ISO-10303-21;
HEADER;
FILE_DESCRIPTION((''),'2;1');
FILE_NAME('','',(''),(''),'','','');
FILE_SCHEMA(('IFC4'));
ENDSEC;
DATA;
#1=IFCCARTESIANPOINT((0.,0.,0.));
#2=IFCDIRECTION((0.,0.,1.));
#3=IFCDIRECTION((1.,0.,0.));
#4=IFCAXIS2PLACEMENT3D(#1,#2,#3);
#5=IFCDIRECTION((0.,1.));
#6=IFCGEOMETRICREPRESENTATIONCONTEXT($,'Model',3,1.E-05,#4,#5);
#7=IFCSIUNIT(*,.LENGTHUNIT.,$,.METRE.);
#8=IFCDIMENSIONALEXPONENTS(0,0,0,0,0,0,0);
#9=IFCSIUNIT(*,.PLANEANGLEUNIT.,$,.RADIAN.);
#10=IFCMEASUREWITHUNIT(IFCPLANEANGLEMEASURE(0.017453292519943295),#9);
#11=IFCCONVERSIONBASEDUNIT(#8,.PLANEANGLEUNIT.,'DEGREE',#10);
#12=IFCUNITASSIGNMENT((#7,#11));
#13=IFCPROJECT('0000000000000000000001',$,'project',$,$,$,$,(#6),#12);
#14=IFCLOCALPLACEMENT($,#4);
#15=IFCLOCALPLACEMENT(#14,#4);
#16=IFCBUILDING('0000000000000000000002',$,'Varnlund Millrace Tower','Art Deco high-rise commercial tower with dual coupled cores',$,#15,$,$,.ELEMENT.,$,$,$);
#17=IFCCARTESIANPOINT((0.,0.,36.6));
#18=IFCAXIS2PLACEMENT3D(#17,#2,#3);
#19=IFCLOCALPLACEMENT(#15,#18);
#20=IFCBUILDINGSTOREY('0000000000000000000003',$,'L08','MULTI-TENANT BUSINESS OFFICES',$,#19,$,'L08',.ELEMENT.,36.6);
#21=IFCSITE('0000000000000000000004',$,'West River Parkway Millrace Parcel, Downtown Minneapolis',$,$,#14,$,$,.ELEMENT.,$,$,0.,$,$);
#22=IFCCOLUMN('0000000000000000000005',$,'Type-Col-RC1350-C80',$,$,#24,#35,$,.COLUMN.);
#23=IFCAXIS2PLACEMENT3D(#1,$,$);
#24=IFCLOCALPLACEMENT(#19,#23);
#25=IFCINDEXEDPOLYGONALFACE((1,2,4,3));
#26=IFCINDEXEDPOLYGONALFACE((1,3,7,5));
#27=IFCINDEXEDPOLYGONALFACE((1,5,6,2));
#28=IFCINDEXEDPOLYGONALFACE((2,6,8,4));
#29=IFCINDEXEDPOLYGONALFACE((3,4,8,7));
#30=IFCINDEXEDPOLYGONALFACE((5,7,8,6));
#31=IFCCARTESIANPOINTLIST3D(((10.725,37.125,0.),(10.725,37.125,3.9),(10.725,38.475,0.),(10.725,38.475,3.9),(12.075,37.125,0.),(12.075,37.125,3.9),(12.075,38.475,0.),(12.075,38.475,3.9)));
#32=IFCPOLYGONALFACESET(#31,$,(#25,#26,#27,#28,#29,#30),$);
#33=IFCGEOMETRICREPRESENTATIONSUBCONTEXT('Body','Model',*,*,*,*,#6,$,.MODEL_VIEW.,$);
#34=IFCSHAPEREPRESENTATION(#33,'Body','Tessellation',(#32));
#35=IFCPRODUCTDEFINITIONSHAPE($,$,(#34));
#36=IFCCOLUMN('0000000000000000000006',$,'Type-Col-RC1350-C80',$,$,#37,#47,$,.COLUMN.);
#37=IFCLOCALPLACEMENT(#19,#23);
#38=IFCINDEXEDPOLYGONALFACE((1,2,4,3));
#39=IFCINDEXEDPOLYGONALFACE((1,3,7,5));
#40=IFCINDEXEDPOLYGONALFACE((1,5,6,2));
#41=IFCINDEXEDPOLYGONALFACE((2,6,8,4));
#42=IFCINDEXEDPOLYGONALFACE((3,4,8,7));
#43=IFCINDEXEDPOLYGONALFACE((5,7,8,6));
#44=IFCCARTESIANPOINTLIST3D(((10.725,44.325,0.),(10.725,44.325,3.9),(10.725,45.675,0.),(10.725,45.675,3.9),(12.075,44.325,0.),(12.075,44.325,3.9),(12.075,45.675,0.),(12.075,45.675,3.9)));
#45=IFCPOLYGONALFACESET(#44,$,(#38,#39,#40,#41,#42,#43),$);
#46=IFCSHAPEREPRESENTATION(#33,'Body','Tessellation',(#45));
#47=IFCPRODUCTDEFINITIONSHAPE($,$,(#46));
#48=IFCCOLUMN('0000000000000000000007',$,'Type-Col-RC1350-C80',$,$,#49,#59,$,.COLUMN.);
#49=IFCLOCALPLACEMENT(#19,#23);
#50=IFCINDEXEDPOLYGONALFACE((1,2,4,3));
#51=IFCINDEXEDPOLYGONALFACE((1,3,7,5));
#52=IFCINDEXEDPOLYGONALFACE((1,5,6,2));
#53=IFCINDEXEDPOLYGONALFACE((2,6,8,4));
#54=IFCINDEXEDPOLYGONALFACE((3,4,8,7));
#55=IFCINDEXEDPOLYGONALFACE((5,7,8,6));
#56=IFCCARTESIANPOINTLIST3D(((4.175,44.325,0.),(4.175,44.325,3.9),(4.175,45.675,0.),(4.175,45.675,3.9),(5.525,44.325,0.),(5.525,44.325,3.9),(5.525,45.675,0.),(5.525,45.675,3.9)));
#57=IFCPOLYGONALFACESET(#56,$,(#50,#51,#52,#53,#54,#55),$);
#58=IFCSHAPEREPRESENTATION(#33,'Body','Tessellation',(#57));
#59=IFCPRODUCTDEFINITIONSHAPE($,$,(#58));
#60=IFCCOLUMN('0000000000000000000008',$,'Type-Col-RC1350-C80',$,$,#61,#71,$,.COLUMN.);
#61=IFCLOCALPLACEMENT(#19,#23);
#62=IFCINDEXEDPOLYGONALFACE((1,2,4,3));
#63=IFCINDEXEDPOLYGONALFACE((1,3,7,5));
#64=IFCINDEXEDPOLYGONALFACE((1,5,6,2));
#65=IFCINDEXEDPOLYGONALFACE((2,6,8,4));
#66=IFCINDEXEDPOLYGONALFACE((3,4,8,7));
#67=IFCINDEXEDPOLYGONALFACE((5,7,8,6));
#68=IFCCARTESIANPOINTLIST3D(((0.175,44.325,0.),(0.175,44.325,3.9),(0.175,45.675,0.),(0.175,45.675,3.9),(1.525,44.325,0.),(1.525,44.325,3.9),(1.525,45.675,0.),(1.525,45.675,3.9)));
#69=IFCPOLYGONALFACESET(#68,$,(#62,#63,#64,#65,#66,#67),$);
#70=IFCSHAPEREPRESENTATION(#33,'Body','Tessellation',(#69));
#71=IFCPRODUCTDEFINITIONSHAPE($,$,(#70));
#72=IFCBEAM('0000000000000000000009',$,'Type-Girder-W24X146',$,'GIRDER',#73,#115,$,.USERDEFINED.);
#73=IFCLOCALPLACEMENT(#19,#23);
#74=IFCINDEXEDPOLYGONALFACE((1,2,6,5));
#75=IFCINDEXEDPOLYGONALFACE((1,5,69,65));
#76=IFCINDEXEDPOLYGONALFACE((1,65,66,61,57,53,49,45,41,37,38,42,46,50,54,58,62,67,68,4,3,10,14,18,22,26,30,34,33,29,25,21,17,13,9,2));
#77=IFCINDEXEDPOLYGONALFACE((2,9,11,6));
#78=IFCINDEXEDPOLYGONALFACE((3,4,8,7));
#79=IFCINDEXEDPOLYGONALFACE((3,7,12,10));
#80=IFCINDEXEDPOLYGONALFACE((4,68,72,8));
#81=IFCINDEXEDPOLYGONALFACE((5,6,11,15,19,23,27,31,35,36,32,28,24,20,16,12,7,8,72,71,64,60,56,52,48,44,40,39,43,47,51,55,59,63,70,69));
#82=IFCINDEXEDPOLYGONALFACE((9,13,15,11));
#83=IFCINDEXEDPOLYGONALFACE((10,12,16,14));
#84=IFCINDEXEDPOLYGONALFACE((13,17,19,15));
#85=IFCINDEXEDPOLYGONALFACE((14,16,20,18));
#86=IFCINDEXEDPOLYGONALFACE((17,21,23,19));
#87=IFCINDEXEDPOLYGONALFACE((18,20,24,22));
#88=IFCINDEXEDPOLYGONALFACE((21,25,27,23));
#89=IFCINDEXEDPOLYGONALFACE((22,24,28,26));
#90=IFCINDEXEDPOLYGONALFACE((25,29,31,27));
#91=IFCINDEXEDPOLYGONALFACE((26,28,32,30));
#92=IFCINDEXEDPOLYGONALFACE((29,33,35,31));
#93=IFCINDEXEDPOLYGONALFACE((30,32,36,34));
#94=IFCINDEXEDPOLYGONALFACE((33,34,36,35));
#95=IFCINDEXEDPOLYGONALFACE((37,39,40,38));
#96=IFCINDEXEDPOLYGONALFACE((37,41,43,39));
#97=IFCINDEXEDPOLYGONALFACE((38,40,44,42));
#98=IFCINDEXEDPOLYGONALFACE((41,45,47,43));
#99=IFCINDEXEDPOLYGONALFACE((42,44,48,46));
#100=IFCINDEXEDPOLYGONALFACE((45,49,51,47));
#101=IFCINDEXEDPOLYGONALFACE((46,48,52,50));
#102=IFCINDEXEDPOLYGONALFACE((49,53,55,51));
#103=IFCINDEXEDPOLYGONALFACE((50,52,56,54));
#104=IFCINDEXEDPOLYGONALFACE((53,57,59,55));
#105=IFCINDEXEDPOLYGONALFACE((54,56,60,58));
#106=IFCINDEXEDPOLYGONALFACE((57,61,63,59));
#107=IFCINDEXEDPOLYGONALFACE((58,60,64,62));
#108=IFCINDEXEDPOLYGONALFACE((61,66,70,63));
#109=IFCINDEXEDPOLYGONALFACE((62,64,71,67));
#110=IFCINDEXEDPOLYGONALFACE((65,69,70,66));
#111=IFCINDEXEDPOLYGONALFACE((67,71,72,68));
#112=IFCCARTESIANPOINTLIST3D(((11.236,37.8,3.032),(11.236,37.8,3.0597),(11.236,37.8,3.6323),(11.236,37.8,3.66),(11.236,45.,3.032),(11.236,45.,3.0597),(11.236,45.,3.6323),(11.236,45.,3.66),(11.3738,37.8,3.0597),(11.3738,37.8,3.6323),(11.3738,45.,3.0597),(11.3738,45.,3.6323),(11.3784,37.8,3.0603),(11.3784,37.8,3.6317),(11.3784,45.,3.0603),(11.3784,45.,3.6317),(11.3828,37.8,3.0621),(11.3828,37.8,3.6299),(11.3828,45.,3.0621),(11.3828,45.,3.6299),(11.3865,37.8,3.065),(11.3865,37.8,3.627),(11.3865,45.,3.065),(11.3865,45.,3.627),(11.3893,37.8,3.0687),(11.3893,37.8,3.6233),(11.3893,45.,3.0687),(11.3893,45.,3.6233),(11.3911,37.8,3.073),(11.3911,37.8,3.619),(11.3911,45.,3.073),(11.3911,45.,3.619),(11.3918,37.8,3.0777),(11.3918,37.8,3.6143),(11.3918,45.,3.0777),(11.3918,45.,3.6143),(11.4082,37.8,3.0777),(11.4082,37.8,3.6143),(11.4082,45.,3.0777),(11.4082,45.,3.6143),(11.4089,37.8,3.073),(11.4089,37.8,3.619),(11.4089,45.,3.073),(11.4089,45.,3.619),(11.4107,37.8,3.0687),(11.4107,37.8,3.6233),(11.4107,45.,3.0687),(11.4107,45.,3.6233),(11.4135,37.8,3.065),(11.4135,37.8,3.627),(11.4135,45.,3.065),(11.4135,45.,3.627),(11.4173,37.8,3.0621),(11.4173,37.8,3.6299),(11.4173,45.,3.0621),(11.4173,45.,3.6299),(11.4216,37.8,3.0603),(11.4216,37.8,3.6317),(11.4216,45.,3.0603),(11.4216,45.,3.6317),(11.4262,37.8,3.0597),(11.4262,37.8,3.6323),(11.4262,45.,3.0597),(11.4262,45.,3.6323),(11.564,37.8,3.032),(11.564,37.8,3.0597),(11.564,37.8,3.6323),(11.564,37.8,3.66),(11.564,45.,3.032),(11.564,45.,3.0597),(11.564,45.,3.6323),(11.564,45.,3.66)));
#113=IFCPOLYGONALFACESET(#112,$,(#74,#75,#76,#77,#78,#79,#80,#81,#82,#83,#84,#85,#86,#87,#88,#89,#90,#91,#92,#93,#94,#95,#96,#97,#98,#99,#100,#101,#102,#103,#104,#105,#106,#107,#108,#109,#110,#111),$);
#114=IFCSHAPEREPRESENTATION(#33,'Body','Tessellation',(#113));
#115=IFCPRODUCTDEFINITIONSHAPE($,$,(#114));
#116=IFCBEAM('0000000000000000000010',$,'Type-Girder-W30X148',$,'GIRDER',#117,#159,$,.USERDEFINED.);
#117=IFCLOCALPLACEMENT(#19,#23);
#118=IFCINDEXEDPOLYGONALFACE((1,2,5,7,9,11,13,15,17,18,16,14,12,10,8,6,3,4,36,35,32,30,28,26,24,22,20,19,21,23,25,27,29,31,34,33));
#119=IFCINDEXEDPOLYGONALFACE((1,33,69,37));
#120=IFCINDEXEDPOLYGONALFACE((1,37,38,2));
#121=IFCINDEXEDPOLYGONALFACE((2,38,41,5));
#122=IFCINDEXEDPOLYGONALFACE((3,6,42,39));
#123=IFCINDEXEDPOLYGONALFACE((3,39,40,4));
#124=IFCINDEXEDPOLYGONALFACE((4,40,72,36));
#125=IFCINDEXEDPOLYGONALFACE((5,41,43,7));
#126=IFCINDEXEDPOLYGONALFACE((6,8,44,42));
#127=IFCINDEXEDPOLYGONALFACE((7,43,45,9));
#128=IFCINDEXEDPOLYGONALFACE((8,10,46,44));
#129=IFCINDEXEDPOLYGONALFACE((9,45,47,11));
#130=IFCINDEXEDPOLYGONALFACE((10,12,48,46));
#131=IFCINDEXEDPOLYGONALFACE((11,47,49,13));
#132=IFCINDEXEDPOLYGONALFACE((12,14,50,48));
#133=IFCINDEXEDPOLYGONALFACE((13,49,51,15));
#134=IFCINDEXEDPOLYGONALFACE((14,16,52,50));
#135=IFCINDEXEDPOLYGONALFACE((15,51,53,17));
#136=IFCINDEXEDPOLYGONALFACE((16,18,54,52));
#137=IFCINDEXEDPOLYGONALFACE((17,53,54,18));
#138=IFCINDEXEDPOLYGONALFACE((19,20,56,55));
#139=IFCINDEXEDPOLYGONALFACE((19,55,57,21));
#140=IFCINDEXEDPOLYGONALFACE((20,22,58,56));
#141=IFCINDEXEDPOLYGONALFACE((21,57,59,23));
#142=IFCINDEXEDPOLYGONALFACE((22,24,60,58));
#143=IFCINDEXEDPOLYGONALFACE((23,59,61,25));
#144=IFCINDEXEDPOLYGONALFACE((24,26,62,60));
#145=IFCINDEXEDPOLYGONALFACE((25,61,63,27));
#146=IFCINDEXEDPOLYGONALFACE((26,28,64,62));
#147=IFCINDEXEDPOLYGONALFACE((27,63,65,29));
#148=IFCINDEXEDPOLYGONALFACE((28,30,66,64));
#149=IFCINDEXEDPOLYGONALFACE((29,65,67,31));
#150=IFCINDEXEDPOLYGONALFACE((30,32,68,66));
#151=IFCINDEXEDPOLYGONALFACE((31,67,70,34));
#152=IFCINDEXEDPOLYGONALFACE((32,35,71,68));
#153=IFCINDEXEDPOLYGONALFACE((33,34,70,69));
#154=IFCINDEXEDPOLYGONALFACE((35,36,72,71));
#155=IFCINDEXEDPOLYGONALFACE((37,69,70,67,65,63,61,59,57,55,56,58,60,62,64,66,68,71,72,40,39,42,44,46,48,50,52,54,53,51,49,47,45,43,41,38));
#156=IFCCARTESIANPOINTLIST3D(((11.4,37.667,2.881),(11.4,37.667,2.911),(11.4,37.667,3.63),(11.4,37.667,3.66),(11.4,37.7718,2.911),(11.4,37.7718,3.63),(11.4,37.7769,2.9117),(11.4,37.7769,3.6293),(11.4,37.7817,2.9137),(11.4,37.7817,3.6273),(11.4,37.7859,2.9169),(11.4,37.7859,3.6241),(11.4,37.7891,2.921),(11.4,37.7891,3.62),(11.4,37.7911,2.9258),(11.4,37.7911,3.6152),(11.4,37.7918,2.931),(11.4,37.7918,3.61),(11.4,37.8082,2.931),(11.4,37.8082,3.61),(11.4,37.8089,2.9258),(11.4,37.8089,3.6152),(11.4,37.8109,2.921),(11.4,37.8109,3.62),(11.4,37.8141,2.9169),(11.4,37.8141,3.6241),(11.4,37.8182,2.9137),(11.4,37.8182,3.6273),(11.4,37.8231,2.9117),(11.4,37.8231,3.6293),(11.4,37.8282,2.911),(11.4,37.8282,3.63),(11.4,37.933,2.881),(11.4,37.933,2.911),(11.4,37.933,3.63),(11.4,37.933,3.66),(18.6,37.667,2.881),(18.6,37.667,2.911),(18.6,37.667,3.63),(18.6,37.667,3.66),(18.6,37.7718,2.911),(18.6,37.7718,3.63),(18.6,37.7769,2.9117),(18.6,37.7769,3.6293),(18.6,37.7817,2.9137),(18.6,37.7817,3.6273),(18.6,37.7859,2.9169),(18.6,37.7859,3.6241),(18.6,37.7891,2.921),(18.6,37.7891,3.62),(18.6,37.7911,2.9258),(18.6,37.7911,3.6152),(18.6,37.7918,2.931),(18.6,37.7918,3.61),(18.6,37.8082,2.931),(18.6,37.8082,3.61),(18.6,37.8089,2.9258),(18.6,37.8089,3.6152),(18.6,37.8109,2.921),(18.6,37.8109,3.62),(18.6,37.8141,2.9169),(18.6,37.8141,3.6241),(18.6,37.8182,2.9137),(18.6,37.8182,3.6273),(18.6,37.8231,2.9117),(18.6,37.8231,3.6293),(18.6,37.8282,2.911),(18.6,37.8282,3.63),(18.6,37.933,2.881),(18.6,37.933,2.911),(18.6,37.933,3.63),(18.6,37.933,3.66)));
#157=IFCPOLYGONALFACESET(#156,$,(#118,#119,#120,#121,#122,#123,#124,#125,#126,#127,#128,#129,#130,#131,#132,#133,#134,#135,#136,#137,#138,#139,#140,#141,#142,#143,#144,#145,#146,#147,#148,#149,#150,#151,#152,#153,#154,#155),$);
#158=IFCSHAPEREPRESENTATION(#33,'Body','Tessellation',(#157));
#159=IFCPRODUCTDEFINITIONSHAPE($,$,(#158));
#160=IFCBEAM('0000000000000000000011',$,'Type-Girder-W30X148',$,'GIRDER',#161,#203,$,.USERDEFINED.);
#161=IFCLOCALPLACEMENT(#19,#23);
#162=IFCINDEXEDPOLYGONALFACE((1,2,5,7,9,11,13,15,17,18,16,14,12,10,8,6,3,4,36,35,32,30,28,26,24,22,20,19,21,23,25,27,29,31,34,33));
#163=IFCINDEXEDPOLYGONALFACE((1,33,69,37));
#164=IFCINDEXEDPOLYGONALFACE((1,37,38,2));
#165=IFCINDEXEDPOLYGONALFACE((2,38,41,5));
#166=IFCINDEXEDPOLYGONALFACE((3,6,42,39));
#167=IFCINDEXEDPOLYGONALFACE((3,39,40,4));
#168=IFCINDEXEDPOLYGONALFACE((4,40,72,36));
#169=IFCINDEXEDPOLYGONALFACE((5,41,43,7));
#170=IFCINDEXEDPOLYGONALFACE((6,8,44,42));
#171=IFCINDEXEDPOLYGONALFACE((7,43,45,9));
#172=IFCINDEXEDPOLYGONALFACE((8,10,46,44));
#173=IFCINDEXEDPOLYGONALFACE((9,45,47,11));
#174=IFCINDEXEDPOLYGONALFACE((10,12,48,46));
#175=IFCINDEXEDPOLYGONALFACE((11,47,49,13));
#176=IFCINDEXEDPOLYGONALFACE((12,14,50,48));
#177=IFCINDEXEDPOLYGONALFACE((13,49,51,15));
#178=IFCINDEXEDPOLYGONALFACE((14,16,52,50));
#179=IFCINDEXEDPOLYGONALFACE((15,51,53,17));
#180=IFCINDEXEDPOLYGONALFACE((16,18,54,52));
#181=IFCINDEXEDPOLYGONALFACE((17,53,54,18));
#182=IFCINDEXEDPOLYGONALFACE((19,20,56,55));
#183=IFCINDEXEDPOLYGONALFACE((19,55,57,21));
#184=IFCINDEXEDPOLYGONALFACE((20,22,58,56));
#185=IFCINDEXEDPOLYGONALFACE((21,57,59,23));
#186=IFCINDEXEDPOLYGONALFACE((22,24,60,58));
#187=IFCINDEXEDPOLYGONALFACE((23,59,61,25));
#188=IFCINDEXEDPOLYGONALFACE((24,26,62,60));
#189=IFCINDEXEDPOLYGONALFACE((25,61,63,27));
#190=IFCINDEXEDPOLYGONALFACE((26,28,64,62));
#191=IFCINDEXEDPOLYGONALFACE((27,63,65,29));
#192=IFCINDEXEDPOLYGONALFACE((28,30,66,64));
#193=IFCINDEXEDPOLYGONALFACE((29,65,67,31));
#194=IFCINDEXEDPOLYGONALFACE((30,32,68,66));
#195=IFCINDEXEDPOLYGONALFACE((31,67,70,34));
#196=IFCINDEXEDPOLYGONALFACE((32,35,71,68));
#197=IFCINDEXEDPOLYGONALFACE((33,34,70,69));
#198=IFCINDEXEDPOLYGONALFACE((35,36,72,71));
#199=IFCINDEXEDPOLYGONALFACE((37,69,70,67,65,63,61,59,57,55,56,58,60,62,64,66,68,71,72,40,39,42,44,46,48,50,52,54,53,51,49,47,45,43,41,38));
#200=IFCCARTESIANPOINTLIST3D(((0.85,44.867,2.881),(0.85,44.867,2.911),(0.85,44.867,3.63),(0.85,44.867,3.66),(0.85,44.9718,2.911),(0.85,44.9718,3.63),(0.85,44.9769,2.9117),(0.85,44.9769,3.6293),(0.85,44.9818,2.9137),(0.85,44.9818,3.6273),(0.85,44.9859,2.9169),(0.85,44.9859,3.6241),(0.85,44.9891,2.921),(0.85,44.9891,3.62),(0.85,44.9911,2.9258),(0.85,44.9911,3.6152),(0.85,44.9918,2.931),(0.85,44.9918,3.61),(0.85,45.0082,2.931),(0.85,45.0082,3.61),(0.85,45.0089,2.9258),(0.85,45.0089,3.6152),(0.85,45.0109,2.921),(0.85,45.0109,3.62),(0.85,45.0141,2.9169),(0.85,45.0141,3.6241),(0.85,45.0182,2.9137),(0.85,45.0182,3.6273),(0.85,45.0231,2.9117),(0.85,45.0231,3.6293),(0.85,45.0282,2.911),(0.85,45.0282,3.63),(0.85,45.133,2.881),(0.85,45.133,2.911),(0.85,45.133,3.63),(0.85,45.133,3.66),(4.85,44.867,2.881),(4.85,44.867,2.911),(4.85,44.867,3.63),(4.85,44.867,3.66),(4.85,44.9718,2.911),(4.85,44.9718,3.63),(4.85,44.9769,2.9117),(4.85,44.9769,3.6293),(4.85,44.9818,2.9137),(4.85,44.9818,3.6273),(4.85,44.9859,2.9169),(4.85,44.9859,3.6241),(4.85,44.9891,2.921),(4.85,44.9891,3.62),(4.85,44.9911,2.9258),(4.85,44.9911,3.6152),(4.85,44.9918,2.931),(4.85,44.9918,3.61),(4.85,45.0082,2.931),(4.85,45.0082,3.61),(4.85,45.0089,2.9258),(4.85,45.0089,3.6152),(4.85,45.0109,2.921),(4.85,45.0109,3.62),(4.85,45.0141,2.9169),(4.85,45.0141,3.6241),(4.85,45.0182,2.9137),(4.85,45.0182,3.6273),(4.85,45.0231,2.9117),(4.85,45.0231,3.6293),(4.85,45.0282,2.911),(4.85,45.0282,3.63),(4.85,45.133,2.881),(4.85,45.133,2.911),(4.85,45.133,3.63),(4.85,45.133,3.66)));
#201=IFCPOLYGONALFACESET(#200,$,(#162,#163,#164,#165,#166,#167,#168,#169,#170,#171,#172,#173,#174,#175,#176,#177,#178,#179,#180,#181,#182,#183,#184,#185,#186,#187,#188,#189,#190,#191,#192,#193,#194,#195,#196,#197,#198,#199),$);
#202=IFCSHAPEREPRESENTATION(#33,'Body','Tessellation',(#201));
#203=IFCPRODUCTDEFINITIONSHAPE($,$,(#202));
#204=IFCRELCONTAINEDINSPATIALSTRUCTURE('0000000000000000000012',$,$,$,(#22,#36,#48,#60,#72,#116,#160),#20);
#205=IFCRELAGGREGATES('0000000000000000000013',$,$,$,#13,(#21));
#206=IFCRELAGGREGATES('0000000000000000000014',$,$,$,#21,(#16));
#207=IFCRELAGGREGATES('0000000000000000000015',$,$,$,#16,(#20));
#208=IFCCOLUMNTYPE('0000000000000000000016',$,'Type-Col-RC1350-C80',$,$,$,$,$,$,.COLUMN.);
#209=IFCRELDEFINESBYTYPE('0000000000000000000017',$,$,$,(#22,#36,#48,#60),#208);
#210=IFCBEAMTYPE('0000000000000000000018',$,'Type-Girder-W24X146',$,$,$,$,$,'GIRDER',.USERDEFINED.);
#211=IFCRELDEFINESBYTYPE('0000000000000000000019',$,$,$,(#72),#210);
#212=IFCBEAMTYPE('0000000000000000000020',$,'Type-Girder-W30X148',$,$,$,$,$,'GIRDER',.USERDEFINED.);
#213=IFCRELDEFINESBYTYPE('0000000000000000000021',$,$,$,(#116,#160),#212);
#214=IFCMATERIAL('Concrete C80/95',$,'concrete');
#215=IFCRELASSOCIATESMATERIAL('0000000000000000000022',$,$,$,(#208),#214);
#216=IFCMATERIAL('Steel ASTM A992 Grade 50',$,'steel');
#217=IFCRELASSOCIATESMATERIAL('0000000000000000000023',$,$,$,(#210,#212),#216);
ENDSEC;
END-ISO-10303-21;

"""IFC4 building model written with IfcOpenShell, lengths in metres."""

from ifc_helpers import new_model, entity, si_unit, converted_unit, direction, frame, origin_with_axes, origin_2d_with_axis, place, context, subcontext, project, spatial, rectangle, i_section, extrude, material, material_profile, profile_set, type_object, element, save


model = new_model("IFC4")

# Units and contexts
model_context = context("Model", 3, precision=1e-05, world=origin_with_axes(), true_north=direction((0.0, 1.0)))
body_context = subcontext(model_context, "Body", "Model", "MODEL_VIEW")
ifc_project = project(units=[si_unit("LENGTHUNIT", "METRE"), converted_unit("PLANEANGLEUNIT", "DEGREE", entity("IfcPlaneAngleMeasure", 0.017453292519943295), si_unit("PLANEANGLEUNIT", "RADIAN"), dimensions=[0, 0, 0, 0, 0, 0, 0])], contexts=[model_context])

# Site, building, storey
site_placement = place(None, origin_with_axes())
site = spatial("IfcSite", under=ifc_project, at=site_placement, Name="West River Parkway Millrace Parcel, Downtown Minneapolis", CompositionType="ELEMENT", RefElevation=0.0)
building_placement = place(site_placement, origin_with_axes())
building = spatial("IfcBuilding", under=site, at=building_placement, Name="Varnlund Millrace Tower", Description="Art Deco high-rise commercial tower with dual coupled cores", CompositionType="ELEMENT")
storey_placement = place(building_placement, frame((0.0, 0.0, 36.6), z_axis=(0.0, 0.0, 1.0), x_axis=(1.0, 0.0, 0.0)))
storey = spatial("IfcBuildingStorey", under=building, at=storey_placement, Name="L08", Description="MULTI-TENANT BUSINESS OFFICES", LongName="L08", CompositionType="ELEMENT", Elevation=36.6)

# Columns
ifc_material_1 = material(Name="Concrete C80/95", Category="concrete")
ifc_material_profile_1 = material_profile(ifc_material_1, rectangle(XDim=1.35, YDim=1.35, at=origin_2d_with_axis()), Name="Concrete C80/95")
ifc_profile_set_1 = profile_set([ifc_material_profile_1], Name="Concrete C80/95")
column_type = type_object("IfcColumnType", Name="Type-Col-RC1350-C80", PredefinedType="COLUMN", material=ifc_profile_set_1)
for number, where, z_axis, x_axis, name in (
    (1, (11.4, 37.8, 0.0), (0.0, 0.0, 1.0), (1.0, 0.0, 0.0), "Type-Col-RC1350-C80"),
    (2, (11.4, 45.0, 0.0), (0.0, 0.0, 1.0), (1.0, 0.0, 0.0), "Type-Col-RC1350-C80"),
    (3, (4.85, 45.0, 0.0), (0.0, 0.0, 1.0), (1.0, 0.0, 0.0), "Type-Col-RC1350-C80"),
    (4, (0.85, 45.0, 0.0), (0.0, 0.0, 1.0), (1.0, 0.0, 0.0), "Type-Col-RC1350-C80"),
):
    element("IfcColumn", number, at=place(storey_placement, frame(where, z_axis=z_axis, x_axis=x_axis)), inside=storey, type_object=column_type, Name=name, PredefinedType="COLUMN", context=body_context, shape_type="SweptSolid", body=[
        extrude(rectangle(XDim=1.35, YDim=1.35, at=origin_2d_with_axis()), origin_with_axes(), (0.0, 0.0, 1.0), 3.9),
    ])

# Beams
ifc_material_2 = material(Name="Steel ASTM A992 Grade 50", Category="steel")
ifc_material_profile_2 = material_profile(ifc_material_2, i_section(OverallWidth=0.328, OverallDepth=0.628, WebThickness=0.0165, FlangeThickness=0.0277, FilletRadius=0.018, at=origin_2d_with_axis()), Name="Steel ASTM A992 Grade 50")
ifc_profile_set_2 = profile_set([ifc_material_profile_2], Name="Steel ASTM A992 Grade 50")
beam_type_1 = type_object("IfcBeamType", Name="Type-Girder-W24X146", ElementType="GIRDER", PredefinedType="USERDEFINED", material=ifc_profile_set_2)
beam_1_placement = place(storey_placement, frame((11.4, 37.8, 3.346), z_axis=(0.0, 1.0, 0.0), x_axis=(-1.0, 0.0, 0.0)))
element("IfcBeam", 5, at=beam_1_placement, inside=storey, type_object=beam_type_1, Name="Type-Girder-W24X146", ObjectType="GIRDER", PredefinedType="USERDEFINED", context=body_context, shape_type="SweptSolid", body=[
    extrude(i_section(OverallWidth=0.328, OverallDepth=0.628, WebThickness=0.0165, FlangeThickness=0.0277, FilletRadius=0.018, at=origin_2d_with_axis()), origin_with_axes(), (0.0, 0.0, 1.0), 7.2),
])
ifc_material_profile_3 = material_profile(ifc_material_2, i_section(OverallWidth=0.266, OverallDepth=0.779, WebThickness=0.0165, FlangeThickness=0.03, FilletRadius=0.02, at=origin_2d_with_axis()), Name="Steel ASTM A992 Grade 50")
ifc_profile_set_3 = profile_set([ifc_material_profile_3], Name="Steel ASTM A992 Grade 50")
beam_type_2 = type_object("IfcBeamType", Name="Type-Girder-W30X148", ElementType="GIRDER", PredefinedType="USERDEFINED", material=ifc_profile_set_3)
beam_2_placement = place(storey_placement, frame((11.4, 37.8, 3.2705), z_axis=(1.0, 0.0, 0.0), x_axis=(0.0, 1.0, 0.0)))
element("IfcBeam", 6, at=beam_2_placement, inside=storey, type_object=beam_type_2, Name="Type-Girder-W30X148", ObjectType="GIRDER", PredefinedType="USERDEFINED", context=body_context, shape_type="SweptSolid", body=[
    extrude(i_section(OverallWidth=0.266, OverallDepth=0.779, WebThickness=0.0165, FlangeThickness=0.03, FilletRadius=0.02, at=origin_2d_with_axis()), origin_with_axes(), (0.0, 0.0, 1.0), 7.2),
])
beam_3_placement = place(storey_placement, frame((0.85, 45.0, 3.2705), z_axis=(1.0, 0.0, 0.0), x_axis=(0.0, 1.0, 0.0)))
element("IfcBeam", 7, at=beam_3_placement, inside=storey, type_object=beam_type_2, Name="Type-Girder-W30X148", ObjectType="GIRDER", PredefinedType="USERDEFINED", context=body_context, shape_type="SweptSolid", body=[
    extrude(i_section(OverallWidth=0.266, OverallDepth=0.779, WebThickness=0.0165, FlangeThickness=0.03, FilletRadius=0.02, at=origin_2d_with_axis()), origin_with_axes(), (0.0, 0.0, 1.0), 4.0),
])

save(model, "model.ifc")
